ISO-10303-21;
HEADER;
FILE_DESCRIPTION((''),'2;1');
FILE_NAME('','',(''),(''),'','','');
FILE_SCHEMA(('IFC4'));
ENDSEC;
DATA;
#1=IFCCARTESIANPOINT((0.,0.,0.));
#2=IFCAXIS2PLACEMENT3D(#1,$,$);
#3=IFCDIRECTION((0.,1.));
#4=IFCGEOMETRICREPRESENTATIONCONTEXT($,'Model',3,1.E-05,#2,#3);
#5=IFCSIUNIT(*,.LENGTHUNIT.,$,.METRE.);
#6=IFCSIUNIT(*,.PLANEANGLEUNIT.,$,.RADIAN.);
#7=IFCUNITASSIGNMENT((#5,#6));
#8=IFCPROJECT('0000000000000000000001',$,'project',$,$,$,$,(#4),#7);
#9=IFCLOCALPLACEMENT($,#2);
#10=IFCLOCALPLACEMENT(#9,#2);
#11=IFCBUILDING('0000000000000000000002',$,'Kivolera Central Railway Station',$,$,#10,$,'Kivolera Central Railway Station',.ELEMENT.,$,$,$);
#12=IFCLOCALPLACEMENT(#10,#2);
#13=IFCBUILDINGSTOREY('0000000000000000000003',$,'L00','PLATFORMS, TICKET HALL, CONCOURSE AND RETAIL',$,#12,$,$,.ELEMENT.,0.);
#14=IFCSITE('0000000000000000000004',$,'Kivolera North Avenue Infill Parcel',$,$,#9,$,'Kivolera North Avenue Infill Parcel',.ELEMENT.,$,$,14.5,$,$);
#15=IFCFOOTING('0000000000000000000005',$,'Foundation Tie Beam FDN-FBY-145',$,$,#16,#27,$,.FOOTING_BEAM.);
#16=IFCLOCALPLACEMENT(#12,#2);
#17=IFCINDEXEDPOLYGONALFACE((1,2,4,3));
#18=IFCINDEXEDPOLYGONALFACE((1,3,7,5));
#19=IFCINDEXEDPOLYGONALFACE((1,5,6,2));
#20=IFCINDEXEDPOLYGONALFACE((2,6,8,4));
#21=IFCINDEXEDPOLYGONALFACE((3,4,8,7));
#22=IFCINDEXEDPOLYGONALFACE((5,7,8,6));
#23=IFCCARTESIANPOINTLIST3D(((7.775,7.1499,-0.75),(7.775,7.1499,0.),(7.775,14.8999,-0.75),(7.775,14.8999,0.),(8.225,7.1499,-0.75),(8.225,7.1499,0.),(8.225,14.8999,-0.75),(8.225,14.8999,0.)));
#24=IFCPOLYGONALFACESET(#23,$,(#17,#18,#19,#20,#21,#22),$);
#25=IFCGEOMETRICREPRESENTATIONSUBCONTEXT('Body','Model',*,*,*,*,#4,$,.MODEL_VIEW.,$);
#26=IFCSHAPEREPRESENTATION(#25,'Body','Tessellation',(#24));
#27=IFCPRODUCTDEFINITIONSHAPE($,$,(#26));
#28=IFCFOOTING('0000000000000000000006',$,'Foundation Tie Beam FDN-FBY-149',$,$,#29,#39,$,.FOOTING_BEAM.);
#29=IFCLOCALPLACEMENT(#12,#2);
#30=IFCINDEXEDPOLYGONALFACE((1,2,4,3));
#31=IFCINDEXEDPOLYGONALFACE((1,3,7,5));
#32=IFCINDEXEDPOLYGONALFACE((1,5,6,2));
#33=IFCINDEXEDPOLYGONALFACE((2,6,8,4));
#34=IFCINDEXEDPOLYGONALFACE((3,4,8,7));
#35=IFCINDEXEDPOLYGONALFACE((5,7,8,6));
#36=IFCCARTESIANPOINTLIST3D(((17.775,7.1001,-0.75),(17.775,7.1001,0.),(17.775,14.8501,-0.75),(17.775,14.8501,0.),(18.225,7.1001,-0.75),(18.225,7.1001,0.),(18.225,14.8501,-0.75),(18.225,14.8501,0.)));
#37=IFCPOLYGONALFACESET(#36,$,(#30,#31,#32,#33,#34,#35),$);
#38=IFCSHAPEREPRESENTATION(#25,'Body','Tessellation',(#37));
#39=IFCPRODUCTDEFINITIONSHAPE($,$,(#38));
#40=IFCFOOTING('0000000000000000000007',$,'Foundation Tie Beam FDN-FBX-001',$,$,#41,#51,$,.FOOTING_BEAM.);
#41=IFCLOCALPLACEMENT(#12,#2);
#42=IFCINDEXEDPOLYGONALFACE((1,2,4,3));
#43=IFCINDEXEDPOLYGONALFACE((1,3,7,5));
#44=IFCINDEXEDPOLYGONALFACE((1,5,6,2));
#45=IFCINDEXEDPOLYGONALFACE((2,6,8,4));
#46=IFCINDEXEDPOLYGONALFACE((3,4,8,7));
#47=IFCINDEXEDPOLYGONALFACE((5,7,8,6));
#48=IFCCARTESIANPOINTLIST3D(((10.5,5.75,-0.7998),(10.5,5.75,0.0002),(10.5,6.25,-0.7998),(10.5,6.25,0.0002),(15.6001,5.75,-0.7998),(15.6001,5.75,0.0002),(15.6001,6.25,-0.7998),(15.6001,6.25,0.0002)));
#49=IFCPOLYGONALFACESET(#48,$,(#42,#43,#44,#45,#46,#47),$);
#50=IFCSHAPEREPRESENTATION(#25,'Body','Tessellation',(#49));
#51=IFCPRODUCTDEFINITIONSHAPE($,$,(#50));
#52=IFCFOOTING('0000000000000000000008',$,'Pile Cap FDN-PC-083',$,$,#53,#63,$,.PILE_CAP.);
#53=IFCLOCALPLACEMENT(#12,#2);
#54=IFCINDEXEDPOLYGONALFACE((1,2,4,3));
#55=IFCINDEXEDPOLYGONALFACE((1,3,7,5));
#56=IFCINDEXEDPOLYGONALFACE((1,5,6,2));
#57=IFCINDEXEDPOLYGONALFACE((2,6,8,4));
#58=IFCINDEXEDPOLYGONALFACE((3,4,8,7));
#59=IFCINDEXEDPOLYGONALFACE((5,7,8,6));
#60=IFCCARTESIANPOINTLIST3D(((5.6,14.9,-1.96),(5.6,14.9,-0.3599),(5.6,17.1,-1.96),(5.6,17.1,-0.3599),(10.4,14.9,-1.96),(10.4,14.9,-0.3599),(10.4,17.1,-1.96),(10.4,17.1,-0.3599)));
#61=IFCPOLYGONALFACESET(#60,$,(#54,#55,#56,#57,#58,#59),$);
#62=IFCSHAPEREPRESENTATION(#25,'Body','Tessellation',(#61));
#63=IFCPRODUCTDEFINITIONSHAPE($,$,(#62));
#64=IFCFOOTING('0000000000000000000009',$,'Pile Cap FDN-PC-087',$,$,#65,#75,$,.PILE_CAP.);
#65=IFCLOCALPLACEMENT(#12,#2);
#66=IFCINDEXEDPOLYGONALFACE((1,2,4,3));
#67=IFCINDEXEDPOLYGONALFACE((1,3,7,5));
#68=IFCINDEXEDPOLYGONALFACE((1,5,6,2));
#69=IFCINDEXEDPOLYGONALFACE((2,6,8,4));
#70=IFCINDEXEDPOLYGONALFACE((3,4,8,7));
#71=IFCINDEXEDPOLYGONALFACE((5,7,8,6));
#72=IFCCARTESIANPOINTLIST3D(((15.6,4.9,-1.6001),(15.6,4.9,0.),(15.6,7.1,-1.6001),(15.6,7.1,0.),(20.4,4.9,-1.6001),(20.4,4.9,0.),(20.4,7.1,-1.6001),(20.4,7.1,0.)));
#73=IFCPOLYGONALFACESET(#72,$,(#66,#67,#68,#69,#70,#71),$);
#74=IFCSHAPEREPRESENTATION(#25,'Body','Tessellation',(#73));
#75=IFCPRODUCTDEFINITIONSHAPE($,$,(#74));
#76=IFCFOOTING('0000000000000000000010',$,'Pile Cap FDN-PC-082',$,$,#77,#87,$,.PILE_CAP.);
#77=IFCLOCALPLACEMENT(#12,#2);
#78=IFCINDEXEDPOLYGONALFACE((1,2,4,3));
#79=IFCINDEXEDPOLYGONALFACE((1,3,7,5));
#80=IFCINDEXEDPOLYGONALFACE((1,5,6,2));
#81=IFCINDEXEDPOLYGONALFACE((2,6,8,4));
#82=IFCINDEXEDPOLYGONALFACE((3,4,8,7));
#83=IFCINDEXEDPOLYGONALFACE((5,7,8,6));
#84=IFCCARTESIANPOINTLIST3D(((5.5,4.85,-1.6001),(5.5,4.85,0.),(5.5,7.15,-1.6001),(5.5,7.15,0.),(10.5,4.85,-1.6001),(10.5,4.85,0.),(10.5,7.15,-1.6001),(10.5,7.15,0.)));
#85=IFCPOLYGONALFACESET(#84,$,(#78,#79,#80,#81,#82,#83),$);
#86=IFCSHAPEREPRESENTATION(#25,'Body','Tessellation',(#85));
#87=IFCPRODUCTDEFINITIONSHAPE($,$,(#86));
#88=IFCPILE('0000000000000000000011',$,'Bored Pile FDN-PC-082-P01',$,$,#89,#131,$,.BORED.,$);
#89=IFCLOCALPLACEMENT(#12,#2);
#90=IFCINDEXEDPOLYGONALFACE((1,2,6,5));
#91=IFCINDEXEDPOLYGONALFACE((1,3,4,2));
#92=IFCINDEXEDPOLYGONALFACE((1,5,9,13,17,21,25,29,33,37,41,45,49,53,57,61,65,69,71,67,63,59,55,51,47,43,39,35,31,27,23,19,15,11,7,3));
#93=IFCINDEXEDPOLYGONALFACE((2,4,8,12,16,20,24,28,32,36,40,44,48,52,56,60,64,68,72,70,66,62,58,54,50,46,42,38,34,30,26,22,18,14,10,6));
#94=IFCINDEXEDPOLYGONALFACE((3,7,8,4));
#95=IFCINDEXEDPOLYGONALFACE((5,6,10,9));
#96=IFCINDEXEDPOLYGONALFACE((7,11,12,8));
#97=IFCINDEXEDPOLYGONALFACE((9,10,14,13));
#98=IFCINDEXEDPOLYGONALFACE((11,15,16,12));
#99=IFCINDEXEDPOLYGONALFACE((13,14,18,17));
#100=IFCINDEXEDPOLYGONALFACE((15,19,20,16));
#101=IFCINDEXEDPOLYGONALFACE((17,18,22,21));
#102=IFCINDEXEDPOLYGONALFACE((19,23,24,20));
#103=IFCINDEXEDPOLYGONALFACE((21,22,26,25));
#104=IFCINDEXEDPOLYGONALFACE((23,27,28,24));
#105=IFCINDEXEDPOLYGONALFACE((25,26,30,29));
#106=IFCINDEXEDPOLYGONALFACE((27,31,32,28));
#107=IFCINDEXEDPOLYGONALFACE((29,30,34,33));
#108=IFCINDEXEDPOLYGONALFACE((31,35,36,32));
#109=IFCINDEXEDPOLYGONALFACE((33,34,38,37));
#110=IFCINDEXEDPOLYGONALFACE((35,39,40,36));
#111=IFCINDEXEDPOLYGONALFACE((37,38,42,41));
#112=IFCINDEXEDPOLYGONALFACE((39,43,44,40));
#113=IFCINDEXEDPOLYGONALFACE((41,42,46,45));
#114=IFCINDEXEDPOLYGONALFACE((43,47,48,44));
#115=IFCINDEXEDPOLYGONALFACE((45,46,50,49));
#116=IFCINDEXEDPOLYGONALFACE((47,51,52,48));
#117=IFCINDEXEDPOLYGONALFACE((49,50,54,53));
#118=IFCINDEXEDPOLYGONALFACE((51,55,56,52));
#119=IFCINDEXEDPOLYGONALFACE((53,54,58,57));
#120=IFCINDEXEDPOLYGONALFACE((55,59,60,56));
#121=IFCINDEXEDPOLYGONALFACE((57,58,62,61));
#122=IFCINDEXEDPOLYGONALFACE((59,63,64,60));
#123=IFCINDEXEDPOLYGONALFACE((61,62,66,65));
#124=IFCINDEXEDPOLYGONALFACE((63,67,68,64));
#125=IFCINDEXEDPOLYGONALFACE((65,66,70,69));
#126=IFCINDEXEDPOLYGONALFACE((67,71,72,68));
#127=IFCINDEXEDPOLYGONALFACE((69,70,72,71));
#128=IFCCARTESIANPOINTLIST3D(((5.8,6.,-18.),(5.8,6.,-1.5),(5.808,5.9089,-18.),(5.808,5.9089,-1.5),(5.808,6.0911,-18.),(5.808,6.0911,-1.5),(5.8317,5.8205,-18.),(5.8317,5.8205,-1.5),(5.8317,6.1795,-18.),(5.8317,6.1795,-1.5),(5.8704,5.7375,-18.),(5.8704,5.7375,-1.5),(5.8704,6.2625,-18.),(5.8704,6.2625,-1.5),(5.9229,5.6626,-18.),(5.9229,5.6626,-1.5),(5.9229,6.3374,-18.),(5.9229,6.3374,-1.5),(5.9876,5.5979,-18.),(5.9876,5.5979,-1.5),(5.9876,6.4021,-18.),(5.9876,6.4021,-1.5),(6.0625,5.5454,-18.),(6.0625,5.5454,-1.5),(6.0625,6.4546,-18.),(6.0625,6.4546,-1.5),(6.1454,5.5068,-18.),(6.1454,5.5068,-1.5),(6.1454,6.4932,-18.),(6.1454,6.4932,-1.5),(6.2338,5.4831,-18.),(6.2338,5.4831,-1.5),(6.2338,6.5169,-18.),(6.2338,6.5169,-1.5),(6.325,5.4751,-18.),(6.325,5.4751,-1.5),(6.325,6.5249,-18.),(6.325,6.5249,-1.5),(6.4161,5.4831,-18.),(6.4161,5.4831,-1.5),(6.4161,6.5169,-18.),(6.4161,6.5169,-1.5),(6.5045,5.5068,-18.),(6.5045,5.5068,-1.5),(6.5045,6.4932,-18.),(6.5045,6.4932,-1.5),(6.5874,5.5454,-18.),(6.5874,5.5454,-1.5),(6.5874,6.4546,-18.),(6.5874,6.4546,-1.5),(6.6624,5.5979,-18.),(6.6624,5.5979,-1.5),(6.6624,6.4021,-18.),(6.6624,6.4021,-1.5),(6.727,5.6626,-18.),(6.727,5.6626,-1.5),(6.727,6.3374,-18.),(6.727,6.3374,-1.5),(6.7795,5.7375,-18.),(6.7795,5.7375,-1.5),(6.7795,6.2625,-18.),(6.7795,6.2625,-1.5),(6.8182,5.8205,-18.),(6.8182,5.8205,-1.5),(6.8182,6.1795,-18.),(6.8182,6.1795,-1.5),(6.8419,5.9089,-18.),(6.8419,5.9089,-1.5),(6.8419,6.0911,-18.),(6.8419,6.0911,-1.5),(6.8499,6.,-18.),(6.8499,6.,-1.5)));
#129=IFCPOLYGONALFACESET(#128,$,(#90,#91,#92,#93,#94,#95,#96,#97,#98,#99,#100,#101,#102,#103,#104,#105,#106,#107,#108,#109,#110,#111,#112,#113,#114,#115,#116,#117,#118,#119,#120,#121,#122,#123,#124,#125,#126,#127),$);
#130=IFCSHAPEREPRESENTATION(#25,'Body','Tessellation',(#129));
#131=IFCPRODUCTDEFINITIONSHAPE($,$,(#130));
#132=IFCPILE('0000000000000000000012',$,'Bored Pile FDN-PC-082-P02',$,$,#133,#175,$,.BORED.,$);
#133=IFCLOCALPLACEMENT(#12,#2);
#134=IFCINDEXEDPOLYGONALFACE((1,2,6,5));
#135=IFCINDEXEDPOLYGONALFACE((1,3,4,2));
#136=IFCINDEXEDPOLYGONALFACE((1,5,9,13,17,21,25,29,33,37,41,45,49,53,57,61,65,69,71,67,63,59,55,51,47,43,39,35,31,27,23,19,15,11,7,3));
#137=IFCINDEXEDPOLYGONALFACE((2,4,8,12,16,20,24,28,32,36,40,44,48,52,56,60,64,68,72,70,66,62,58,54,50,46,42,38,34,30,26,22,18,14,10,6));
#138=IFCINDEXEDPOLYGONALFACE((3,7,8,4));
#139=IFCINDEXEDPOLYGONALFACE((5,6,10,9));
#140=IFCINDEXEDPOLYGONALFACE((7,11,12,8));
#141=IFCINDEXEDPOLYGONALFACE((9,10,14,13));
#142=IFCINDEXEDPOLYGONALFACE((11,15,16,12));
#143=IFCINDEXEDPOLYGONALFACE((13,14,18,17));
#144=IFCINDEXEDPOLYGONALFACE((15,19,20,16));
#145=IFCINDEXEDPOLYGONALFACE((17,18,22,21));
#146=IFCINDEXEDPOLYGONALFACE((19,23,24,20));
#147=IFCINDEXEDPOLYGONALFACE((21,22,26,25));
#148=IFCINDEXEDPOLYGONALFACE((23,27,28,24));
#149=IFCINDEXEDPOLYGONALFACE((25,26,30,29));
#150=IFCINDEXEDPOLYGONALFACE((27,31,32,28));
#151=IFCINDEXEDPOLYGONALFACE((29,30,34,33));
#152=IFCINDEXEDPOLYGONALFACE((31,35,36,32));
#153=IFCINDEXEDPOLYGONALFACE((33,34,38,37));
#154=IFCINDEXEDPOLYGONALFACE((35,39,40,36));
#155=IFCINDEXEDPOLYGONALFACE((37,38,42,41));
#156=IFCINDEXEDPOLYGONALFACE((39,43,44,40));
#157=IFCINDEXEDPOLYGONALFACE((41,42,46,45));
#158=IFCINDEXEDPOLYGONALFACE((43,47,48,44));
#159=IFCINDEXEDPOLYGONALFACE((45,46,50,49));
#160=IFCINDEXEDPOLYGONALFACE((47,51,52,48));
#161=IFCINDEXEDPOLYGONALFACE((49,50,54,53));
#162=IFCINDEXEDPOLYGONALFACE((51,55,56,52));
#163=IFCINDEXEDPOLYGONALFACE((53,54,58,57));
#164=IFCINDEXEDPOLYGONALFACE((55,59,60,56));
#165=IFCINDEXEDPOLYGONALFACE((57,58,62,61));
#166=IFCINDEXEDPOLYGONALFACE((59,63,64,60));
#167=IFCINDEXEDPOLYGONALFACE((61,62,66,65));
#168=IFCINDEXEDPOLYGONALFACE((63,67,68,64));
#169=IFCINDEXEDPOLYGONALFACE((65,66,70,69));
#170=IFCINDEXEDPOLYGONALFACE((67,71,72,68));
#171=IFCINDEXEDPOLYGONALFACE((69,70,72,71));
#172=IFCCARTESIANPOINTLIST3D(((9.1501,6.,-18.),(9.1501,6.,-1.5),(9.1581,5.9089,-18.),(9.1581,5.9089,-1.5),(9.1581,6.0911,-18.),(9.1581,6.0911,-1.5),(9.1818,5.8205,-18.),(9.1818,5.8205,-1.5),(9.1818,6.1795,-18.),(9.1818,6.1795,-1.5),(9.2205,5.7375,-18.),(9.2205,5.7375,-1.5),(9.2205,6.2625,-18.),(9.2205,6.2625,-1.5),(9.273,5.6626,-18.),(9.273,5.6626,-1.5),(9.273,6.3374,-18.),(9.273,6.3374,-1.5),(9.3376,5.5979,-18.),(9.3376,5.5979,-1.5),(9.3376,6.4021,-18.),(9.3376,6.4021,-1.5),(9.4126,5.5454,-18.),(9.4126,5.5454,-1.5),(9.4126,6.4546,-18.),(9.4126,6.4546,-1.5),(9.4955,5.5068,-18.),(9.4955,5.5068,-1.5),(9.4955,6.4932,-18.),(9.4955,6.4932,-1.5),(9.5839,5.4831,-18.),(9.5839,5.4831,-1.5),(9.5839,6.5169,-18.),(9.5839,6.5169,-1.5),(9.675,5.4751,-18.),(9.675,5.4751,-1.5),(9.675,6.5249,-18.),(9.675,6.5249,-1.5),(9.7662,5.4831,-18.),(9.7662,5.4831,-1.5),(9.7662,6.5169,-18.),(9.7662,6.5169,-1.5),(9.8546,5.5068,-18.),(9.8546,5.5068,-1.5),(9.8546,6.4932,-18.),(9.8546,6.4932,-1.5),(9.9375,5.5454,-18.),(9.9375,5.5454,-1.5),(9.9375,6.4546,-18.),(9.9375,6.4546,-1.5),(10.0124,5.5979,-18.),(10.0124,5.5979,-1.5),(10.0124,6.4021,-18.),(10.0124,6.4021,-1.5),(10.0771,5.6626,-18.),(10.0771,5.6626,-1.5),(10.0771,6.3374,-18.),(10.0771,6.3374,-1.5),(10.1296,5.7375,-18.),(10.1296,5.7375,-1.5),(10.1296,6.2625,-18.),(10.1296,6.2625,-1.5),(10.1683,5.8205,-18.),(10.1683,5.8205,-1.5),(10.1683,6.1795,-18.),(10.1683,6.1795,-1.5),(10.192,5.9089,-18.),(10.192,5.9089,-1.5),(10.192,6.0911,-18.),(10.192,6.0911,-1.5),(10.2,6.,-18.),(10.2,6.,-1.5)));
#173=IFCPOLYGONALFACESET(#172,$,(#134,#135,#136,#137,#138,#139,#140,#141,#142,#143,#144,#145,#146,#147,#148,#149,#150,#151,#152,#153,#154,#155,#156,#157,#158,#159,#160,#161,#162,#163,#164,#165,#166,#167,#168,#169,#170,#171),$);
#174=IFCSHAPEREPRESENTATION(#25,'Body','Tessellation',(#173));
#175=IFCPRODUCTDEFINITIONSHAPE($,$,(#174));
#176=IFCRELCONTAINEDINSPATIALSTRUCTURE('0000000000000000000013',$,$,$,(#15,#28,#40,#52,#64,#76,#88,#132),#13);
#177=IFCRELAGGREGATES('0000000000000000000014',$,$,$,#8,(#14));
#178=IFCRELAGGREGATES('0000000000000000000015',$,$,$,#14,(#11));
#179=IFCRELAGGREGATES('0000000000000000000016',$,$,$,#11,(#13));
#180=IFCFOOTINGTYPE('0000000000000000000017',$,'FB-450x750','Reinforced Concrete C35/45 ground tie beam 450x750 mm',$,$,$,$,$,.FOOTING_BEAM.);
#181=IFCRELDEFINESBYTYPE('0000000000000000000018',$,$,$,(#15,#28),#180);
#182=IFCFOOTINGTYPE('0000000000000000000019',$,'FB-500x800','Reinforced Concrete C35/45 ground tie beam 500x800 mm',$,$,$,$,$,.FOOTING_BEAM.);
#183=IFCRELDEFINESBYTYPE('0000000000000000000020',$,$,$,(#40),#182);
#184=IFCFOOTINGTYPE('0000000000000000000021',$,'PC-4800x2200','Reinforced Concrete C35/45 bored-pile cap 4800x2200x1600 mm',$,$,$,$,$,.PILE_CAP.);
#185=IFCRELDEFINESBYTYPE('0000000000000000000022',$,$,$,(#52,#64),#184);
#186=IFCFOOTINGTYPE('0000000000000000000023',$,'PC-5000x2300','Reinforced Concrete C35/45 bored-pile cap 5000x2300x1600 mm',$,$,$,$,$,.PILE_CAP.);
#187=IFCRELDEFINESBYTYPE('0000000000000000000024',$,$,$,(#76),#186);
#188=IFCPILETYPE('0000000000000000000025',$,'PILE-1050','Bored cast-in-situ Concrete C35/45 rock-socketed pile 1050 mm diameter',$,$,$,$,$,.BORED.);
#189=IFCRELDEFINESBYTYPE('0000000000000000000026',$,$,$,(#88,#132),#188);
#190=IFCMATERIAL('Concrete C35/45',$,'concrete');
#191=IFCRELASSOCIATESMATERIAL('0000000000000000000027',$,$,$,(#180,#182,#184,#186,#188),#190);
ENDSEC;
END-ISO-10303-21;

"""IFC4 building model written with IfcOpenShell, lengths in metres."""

from ifc_helpers import new_model, si_unit, direction, frame, origin, origin_2d, place, context, subcontext, project, spatial, rectangle, circle, extrude, material, material_profile, profile_set, type_object, element, save


model = new_model("IFC4")

# Units and contexts
model_context = context("Model", 3, precision=1e-05, world=origin(), true_north=direction((0.0, 1.0)))
body_context = subcontext(model_context, "Body", "Model", "MODEL_VIEW")
ifc_project = project(units=[si_unit("LENGTHUNIT", "METRE"), si_unit("PLANEANGLEUNIT", "RADIAN")], contexts=[model_context])

# Site, building, storey
site_placement = place(None, origin())
site = spatial("IfcSite", under=ifc_project, at=site_placement, Name="Kivolera North Avenue Infill Parcel", LongName="Kivolera North Avenue Infill Parcel", CompositionType="ELEMENT", RefElevation=14.5)
building_placement = place(site_placement, origin())
building = spatial("IfcBuilding", under=site, at=building_placement, Name="Kivolera Central Railway Station", LongName="Kivolera Central Railway Station", CompositionType="ELEMENT")
storey_placement = place(building_placement, origin())
storey = spatial("IfcBuildingStorey", under=building, at=storey_placement, Name="L00", Description="PLATFORMS, TICKET HALL, CONCOURSE AND RETAIL", CompositionType="ELEMENT", Elevation=0.0)

# Footings
ifc_material_1 = material(Name="Concrete C35/45", Category="concrete")
footing_type_1 = type_object("IfcFootingType", Name="FB-450x750", Description="Reinforced Concrete C35/45 ground tie beam 450x750 mm", PredefinedType="FOOTING_BEAM", material=ifc_material_1)
for number, where, z_axis, x_axis, name in (
    (1, (8.0, 11.0249, -0.75), (0.0, 0.0, 1.0), (1.0, 0.0, 0.0), "Foundation Tie Beam FDN-FBY-145"),
    (2, (18.0, 10.9751, -0.75), (0.0, 0.0, 1.0), (1.0, 0.0, 0.0), "Foundation Tie Beam FDN-FBY-149"),
):
    element("IfcFooting", number, at=place(storey_placement, frame(where, z_axis=z_axis, x_axis=x_axis)), inside=storey, type_object=footing_type_1, Name=name, PredefinedType="FOOTING_BEAM", context=body_context, shape_type="SweptSolid", body=[
        extrude(rectangle(XDim=0.45, YDim=7.75, at=origin_2d()), origin(), (0.0, 0.0, 1.0), 0.75),
    ])
footing_type_2 = type_object("IfcFootingType", Name="FB-500x800", Description="Reinforced Concrete C35/45 ground tie beam 500x800 mm", PredefinedType="FOOTING_BEAM", material=ifc_material_1)
footing_1_placement = place(storey_placement, frame((13.05, 6.0, -0.7998), z_axis=(0.0, 0.0, 1.0), x_axis=(1.0, 0.0, 0.0)))
element("IfcFooting", 3, at=footing_1_placement, inside=storey, type_object=footing_type_2, Name="Foundation Tie Beam FDN-FBX-001", PredefinedType="FOOTING_BEAM", context=body_context, shape_type="SweptSolid", body=[
    extrude(rectangle(XDim=5.1001, YDim=0.5, at=origin_2d()), origin(), (0.0, 0.0, 1.0), 0.8),
])
footing_type_3 = type_object("IfcFootingType", Name="PC-4800x2200", Description="Reinforced Concrete C35/45 bored-pile cap 4800x2200x1600 mm", PredefinedType="PILE_CAP", material=ifc_material_1)
for number, where, z_axis, x_axis, name in (
    (4, (8.0, 16.0, -1.96), (0.0, 0.0, 1.0), (1.0, 0.0, 0.0), "Pile Cap FDN-PC-083"),
    (5, (18.0, 6.0, -1.6001), (0.0, 0.0, 1.0), (1.0, 0.0, 0.0), "Pile Cap FDN-PC-087"),
):
    element("IfcFooting", number, at=place(storey_placement, frame(where, z_axis=z_axis, x_axis=x_axis)), inside=storey, type_object=footing_type_3, Name=name, PredefinedType="PILE_CAP", context=body_context, shape_type="SweptSolid", body=[
        extrude(rectangle(XDim=4.8, YDim=2.2, at=origin_2d()), origin(), (0.0, 0.0, 1.0), 1.6001),
    ])
footing_type_4 = type_object("IfcFootingType", Name="PC-5000x2300", Description="Reinforced Concrete C35/45 bored-pile cap 5000x2300x1600 mm", PredefinedType="PILE_CAP", material=ifc_material_1)
footing_2_placement = place(storey_placement, frame((8.0, 6.0, -1.6001), z_axis=(0.0, 0.0, 1.0), x_axis=(1.0, 0.0, 0.0)))
element("IfcFooting", 6, at=footing_2_placement, inside=storey, type_object=footing_type_4, Name="Pile Cap FDN-PC-082", PredefinedType="PILE_CAP", context=body_context, shape_type="SweptSolid", body=[
    extrude(rectangle(XDim=5.0, YDim=2.3, at=origin_2d()), origin(), (0.0, 0.0, 1.0), 1.6001),
])

# Piles
ifc_material_profile_1 = material_profile(ifc_material_1, circle(Radius=0.5249, at=origin_2d()), Name="PILE D1050")
ifc_profile_set_1 = profile_set([ifc_material_profile_1], Name="Concrete C35/45")
pile_type = type_object("IfcPileType", Name="PILE-1050", Description="Bored cast-in-situ Concrete C35/45 rock-socketed pile 1050 mm diameter", PredefinedType="BORED", material=ifc_profile_set_1)
for number, where, z_axis, x_axis, name in (
    (7, (6.325, 6.0, -1.5), (0.0, 0.0, -1.0), (1.0, 0.0, 0.0), "Bored Pile FDN-PC-082-P01"),
    (8, (9.675, 6.0, -1.5), (0.0, 0.0, -1.0), (1.0, 0.0, 0.0), "Bored Pile FDN-PC-082-P02"),
):
    element("IfcPile", number, at=place(storey_placement, frame(where, z_axis=z_axis, x_axis=x_axis)), inside=storey, type_object=pile_type, Name=name, PredefinedType="BORED", context=body_context, shape_type="SweptSolid", body=[
        extrude(circle(Radius=0.5249, at=origin_2d()), origin(), (0.0, 0.0, 1.0), 16.5),
    ])

save(model, "model.ifc")
